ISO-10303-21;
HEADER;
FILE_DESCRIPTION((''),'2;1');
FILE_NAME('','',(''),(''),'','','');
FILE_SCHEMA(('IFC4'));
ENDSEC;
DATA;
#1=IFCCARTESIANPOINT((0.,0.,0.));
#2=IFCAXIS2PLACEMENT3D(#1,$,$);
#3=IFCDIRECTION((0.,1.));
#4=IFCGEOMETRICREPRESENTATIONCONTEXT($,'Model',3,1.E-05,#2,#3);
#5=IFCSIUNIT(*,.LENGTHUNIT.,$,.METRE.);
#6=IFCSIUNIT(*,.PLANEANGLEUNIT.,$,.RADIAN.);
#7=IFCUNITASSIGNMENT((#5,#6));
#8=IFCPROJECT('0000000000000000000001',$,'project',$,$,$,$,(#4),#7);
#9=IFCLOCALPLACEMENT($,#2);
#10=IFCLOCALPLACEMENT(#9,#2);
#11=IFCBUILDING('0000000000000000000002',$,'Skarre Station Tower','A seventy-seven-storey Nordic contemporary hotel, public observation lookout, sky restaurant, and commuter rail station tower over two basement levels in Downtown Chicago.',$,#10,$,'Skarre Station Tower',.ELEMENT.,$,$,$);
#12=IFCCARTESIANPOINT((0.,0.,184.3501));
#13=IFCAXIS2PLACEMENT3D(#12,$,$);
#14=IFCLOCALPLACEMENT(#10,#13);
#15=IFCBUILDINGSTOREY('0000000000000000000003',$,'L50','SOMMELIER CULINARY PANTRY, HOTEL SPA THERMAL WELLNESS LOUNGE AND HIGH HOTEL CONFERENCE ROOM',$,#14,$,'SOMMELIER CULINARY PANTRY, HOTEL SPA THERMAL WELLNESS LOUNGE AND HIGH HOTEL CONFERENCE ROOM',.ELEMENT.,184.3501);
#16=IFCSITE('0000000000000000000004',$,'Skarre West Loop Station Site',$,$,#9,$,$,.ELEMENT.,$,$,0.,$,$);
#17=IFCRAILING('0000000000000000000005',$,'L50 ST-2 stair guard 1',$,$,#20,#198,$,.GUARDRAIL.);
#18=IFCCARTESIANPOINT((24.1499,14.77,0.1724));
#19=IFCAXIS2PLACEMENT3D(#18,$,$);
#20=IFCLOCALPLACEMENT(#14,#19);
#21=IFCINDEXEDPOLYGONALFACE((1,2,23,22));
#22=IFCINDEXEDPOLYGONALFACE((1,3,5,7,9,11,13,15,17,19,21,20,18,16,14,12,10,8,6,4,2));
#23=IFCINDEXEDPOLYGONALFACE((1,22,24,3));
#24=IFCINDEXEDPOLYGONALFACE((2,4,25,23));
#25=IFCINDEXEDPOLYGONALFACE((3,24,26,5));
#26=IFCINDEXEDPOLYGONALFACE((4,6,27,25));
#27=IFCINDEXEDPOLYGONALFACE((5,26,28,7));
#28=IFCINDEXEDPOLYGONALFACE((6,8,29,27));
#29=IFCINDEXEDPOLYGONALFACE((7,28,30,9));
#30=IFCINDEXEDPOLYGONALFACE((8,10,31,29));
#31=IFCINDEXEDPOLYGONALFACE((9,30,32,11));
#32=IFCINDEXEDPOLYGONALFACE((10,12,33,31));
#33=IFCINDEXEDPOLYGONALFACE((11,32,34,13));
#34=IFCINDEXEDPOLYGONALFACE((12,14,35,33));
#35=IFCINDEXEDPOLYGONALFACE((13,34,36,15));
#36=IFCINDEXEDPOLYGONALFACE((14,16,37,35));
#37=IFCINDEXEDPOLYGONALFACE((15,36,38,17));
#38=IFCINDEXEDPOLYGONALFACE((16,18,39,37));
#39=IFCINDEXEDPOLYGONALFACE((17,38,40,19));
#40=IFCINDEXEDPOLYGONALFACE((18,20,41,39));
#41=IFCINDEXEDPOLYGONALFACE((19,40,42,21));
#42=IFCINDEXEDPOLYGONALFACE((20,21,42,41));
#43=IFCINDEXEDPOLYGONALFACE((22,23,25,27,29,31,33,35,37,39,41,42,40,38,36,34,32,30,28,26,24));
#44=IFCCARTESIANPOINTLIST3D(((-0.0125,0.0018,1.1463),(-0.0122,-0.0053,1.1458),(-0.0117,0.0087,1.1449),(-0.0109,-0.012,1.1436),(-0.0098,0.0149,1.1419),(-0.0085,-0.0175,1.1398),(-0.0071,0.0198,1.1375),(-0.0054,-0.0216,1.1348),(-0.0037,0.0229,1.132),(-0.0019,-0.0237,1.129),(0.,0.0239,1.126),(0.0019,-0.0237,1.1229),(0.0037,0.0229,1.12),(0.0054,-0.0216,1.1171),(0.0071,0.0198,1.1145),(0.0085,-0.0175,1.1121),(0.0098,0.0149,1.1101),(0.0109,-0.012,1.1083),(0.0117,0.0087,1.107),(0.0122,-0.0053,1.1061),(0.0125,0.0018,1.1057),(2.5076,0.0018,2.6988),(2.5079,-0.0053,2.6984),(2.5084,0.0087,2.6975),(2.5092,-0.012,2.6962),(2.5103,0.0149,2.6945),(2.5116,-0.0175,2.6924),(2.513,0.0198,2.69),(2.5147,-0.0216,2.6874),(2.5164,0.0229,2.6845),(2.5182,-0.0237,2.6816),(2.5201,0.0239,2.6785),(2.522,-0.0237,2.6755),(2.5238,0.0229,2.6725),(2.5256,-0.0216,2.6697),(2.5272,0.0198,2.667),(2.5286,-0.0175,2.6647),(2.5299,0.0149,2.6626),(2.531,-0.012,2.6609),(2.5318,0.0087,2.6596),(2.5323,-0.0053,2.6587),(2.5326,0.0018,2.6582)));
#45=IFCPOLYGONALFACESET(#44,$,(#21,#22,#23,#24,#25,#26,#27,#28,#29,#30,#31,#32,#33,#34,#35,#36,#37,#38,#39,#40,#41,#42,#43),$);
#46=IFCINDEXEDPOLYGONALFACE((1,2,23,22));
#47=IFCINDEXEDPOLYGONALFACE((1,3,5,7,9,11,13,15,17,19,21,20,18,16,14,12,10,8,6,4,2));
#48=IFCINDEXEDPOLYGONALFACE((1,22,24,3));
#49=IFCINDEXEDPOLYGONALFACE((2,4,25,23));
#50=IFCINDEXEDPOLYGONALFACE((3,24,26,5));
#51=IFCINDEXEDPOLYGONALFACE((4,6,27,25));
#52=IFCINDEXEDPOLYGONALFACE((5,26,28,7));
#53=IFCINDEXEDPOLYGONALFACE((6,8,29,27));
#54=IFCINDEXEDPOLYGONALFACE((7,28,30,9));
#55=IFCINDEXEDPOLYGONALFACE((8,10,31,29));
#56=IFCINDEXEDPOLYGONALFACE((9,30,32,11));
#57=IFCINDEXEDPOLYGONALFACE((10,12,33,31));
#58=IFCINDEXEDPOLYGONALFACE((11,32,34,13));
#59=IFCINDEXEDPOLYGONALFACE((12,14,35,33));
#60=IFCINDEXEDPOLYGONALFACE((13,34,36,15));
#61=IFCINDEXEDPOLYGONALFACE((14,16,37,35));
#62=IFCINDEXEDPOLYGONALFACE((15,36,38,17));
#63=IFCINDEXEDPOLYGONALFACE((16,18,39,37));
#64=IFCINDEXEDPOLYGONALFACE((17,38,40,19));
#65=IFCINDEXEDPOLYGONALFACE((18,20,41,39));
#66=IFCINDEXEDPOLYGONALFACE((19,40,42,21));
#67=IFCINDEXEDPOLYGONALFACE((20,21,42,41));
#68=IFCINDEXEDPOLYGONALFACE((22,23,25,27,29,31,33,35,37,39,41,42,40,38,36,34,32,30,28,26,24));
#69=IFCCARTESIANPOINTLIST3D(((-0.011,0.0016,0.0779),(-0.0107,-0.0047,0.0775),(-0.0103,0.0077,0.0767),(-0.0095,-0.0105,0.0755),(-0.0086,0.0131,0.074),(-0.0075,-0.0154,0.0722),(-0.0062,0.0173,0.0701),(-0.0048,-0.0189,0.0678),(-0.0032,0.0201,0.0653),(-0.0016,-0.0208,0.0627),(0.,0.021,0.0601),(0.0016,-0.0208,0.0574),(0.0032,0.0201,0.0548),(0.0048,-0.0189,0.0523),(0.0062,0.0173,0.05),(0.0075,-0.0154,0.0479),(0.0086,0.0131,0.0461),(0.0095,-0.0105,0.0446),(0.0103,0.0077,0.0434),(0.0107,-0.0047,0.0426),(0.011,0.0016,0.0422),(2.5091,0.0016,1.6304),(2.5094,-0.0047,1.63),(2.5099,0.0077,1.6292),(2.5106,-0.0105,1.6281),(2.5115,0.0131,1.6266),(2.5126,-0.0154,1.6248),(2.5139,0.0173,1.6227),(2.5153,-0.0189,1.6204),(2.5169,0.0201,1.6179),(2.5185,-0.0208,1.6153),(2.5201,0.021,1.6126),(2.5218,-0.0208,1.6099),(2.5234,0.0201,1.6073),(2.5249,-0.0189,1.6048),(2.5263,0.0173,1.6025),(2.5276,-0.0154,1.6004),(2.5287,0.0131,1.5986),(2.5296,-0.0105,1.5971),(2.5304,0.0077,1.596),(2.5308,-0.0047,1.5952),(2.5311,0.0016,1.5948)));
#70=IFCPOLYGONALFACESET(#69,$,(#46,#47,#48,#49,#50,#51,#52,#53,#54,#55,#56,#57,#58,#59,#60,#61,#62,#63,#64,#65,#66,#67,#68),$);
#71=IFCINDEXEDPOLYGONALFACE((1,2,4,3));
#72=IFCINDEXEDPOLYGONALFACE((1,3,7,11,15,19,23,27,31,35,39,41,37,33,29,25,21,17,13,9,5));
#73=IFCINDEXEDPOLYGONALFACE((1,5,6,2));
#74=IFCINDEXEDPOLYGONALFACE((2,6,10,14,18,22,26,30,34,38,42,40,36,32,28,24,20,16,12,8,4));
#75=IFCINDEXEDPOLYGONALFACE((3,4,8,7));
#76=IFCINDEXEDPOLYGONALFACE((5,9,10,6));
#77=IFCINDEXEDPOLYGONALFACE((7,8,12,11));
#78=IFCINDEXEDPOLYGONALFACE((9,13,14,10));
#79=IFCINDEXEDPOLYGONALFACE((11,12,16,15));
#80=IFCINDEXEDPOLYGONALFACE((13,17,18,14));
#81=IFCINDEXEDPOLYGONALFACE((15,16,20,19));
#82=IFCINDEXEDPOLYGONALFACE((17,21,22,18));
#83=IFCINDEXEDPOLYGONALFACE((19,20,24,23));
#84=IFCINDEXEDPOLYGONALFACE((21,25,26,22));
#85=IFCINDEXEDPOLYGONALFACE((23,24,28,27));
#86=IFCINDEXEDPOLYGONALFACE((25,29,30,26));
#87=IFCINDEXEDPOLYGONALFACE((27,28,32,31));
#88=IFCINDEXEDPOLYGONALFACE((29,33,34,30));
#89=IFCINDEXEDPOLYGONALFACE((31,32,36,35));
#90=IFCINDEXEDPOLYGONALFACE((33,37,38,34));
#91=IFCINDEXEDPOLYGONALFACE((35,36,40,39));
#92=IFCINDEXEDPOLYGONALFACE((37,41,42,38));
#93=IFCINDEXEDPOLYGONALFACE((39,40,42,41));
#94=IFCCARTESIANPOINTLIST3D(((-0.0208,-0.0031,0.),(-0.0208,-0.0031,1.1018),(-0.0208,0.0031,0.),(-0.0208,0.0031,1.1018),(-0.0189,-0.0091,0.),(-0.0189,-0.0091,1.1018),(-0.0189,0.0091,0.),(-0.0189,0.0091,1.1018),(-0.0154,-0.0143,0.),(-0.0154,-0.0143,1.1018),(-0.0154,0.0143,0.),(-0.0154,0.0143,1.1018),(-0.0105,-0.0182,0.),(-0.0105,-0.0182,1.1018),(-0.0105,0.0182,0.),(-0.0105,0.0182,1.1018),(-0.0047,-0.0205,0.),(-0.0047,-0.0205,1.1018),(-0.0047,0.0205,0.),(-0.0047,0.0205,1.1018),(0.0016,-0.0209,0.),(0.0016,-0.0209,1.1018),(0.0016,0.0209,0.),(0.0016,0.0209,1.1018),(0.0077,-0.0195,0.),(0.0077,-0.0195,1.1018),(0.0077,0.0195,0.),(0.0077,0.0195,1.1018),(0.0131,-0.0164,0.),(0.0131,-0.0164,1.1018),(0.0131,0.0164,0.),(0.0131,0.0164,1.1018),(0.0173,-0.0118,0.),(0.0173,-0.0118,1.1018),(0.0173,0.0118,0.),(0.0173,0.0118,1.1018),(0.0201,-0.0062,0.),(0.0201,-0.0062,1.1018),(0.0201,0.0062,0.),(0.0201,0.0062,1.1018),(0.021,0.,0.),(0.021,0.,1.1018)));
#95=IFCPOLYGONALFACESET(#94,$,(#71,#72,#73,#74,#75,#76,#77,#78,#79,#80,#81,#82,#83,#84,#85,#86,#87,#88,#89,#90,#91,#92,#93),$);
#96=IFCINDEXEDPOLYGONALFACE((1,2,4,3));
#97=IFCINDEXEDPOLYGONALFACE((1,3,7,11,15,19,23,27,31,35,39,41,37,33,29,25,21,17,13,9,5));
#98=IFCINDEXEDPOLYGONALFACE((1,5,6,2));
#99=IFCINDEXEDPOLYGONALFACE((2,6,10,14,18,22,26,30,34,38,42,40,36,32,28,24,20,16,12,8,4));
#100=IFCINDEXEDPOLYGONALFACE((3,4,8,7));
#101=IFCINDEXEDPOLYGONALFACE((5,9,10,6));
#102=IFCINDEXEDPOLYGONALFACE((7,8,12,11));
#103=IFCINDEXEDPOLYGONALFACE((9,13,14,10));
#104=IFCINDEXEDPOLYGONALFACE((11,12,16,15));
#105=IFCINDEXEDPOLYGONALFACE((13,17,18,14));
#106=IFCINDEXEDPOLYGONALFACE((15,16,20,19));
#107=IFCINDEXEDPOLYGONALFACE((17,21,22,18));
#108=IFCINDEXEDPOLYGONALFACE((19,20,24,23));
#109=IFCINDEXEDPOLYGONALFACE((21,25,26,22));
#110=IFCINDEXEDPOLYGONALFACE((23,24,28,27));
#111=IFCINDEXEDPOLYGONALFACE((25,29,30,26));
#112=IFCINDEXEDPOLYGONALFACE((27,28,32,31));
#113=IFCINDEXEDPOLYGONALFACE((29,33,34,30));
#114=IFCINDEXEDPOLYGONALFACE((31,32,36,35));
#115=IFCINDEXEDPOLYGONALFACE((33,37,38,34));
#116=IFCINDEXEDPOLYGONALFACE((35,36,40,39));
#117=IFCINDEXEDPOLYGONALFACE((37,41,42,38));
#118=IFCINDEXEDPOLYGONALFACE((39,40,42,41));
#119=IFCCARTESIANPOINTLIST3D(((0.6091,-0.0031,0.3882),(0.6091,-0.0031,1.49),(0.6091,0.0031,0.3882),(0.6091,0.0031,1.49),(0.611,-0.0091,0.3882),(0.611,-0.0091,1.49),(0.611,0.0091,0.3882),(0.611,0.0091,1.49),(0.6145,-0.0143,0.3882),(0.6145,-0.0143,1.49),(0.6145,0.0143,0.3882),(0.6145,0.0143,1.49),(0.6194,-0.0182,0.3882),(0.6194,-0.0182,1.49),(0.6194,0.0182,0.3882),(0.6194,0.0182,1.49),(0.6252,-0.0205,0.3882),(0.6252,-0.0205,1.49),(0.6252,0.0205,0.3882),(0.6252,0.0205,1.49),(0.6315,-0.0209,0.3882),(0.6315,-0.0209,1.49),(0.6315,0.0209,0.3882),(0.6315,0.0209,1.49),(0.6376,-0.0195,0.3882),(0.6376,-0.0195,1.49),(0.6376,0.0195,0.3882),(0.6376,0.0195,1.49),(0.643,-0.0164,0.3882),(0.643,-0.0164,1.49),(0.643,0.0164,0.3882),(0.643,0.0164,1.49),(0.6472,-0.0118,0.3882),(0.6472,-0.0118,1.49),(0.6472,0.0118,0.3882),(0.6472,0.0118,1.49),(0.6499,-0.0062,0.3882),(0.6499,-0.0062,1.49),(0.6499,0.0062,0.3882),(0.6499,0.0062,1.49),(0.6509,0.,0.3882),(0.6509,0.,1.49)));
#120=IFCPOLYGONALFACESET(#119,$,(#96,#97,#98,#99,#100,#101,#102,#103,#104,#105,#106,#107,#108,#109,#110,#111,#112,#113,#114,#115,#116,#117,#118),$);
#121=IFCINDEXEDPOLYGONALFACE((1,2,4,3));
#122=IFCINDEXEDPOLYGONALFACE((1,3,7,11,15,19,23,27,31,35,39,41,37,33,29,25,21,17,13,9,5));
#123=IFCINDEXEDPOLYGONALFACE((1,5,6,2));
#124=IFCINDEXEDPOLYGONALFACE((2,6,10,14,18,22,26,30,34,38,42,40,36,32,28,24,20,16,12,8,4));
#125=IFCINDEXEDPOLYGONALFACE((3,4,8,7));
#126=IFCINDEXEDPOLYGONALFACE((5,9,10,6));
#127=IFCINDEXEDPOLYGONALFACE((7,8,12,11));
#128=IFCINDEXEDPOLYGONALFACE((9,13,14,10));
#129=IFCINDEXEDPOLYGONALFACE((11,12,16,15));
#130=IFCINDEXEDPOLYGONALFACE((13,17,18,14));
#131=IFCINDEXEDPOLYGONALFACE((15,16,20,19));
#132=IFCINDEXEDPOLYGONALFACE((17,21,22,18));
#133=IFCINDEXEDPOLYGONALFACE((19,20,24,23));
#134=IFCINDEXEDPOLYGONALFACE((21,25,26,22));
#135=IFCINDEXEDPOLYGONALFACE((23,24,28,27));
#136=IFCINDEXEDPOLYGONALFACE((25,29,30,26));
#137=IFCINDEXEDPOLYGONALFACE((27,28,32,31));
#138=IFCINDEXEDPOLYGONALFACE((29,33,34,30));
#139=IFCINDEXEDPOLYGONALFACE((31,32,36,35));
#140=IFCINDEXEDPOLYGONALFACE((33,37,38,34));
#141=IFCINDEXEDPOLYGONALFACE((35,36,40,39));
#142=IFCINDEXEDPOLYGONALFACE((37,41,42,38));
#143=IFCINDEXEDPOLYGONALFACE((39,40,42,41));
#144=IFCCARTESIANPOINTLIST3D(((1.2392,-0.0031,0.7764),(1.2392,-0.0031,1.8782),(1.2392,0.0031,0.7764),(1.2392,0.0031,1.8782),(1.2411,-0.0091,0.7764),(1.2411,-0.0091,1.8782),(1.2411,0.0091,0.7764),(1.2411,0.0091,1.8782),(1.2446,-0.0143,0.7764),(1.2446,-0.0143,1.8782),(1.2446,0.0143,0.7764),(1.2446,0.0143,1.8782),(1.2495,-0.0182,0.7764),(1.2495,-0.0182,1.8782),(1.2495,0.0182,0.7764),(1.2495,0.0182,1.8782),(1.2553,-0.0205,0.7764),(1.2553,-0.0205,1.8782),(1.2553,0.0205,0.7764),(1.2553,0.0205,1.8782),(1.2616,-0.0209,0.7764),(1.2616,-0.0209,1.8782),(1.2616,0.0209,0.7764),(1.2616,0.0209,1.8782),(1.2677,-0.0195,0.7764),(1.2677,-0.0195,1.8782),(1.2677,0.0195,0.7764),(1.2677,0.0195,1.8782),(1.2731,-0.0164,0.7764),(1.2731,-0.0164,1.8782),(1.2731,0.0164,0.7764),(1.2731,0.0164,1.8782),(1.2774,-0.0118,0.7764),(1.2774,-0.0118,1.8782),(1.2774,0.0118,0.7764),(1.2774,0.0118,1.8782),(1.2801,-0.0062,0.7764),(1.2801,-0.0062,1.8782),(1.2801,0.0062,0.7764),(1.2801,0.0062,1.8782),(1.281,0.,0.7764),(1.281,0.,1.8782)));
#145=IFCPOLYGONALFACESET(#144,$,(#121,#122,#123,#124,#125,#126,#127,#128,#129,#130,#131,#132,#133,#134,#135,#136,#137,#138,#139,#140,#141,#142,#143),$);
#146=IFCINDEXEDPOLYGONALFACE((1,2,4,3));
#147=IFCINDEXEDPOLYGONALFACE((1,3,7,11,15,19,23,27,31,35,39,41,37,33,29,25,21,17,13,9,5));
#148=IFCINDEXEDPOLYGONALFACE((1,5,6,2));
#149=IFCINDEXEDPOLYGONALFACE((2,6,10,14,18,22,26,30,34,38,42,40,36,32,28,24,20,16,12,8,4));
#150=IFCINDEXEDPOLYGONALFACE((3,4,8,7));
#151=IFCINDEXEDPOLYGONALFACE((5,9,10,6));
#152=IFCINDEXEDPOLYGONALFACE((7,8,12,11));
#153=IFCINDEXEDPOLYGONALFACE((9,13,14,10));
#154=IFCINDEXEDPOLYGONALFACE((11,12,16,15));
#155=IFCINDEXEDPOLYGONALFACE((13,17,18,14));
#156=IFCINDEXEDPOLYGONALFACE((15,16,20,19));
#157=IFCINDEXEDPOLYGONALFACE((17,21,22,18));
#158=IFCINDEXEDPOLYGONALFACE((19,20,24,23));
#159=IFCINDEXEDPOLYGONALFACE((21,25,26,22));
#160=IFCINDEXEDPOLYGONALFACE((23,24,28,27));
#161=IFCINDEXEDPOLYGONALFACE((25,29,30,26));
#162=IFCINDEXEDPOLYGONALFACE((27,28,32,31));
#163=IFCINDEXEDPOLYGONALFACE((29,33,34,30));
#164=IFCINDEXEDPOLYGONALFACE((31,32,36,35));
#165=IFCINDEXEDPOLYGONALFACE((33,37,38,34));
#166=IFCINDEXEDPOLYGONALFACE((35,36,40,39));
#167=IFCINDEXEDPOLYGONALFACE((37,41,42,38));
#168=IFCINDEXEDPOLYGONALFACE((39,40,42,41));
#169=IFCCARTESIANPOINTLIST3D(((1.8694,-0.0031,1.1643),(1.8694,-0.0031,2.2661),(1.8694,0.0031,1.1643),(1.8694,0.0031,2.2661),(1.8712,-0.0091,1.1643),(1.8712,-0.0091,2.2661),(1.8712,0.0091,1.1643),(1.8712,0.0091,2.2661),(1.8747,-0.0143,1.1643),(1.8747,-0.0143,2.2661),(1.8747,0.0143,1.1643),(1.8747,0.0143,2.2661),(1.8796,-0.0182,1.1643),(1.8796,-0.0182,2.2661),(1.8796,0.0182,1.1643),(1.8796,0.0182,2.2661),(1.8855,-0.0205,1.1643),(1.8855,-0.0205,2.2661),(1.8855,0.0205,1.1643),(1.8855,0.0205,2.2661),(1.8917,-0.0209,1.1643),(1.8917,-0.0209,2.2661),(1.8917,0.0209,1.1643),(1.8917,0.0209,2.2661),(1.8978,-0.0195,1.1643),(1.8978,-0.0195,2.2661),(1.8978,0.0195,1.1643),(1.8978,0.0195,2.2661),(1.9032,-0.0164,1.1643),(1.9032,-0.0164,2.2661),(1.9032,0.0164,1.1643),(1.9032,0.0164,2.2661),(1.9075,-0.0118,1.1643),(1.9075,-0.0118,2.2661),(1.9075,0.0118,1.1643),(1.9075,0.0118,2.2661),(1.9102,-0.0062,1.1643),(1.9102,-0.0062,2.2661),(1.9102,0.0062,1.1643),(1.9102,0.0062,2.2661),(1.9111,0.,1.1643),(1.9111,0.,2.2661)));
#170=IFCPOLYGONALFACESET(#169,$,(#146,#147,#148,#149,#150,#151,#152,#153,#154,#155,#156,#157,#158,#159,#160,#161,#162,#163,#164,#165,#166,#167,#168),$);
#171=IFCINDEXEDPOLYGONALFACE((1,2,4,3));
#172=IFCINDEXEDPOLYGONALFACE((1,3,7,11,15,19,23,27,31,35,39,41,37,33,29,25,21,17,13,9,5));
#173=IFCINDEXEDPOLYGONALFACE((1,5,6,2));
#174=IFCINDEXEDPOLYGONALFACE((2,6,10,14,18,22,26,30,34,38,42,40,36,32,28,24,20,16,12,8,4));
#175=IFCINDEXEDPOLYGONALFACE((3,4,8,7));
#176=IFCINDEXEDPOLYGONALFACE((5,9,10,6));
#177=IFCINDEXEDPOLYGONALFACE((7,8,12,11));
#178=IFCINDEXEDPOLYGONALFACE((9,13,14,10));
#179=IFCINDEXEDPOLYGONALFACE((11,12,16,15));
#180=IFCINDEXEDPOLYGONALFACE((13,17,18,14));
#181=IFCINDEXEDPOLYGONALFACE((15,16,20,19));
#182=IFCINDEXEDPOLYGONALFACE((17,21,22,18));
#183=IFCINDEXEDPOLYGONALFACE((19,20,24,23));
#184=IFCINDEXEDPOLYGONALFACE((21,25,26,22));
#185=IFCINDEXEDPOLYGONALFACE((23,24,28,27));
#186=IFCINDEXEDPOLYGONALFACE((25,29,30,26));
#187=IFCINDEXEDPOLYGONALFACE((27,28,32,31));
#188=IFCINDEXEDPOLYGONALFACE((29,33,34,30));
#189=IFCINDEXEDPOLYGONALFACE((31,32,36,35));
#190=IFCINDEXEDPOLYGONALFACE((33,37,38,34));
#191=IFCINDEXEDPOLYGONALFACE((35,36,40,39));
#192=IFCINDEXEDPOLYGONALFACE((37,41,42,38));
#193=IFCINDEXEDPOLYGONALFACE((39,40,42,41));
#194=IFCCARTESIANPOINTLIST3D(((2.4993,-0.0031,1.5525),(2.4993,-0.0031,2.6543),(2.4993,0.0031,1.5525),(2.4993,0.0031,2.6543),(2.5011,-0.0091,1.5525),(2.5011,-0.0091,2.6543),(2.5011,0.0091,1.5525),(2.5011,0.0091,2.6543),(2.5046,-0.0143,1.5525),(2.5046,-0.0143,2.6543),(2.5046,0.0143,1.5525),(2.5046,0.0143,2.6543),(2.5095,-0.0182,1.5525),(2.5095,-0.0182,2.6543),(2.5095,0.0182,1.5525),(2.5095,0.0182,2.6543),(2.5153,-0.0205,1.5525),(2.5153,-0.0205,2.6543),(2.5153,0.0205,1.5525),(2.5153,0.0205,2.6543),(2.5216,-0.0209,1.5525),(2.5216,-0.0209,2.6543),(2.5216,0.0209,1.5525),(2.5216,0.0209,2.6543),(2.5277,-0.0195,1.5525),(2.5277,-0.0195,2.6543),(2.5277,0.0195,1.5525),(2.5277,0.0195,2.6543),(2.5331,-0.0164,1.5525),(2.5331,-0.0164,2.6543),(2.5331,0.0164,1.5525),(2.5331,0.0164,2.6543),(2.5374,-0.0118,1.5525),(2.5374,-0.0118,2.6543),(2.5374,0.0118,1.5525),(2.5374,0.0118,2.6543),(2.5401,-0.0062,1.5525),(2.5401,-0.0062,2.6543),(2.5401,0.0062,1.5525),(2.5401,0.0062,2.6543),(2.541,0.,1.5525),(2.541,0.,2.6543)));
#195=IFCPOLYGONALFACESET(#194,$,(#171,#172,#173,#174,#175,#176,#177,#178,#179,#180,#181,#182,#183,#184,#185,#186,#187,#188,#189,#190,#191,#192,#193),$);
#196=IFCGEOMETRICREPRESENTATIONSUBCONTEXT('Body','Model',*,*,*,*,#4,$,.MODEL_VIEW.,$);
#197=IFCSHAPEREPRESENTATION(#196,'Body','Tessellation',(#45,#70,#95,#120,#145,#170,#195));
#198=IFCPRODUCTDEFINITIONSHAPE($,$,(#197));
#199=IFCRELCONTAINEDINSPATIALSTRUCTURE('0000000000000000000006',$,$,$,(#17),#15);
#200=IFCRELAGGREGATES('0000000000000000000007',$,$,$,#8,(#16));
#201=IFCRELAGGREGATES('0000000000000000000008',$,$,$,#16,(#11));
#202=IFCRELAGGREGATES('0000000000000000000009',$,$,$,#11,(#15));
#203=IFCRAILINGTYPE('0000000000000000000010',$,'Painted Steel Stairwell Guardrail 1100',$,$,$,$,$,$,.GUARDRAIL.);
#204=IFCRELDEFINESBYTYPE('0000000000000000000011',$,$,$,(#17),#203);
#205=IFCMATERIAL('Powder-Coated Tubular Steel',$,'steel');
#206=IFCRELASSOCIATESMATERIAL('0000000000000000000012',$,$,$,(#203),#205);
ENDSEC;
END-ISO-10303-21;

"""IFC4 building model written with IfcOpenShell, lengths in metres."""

from ifc_helpers import new_model, si_unit, direction, frame, origin, origin_2d, place, context, subcontext, project, spatial, circle, extrude, material, type_object, element, save


model = new_model("IFC4")

# Units and contexts
model_context = context("Model", 3, precision=1e-05, world=origin(), true_north=direction((0.0, 1.0)))
body_context = subcontext(model_context, "Body", "Model", "MODEL_VIEW")
ifc_project = project(units=[si_unit("LENGTHUNIT", "METRE"), si_unit("PLANEANGLEUNIT", "RADIAN")], contexts=[model_context])

# Site, building, storey
site_placement = place(None, origin())
site = spatial("IfcSite", under=ifc_project, at=site_placement, Name="Skarre West Loop Station Site", CompositionType="ELEMENT", RefElevation=0.0)
building_placement = place(site_placement, origin())
building = spatial("IfcBuilding", under=site, at=building_placement, Name="Skarre Station Tower", Description="A seventy-seven-storey Nordic contemporary hotel, public observation lookout, sky restaurant, and commuter rail station tower over two basement levels in Downtown Chicago.", LongName="Skarre Station Tower", CompositionType="ELEMENT")
storey_placement = place(building_placement, frame((0.0, 0.0, 184.3501)))
storey = spatial("IfcBuildingStorey", under=building, at=storey_placement, Name="L50", Description="SOMMELIER CULINARY PANTRY, HOTEL SPA THERMAL WELLNESS LOUNGE AND HIGH HOTEL CONFERENCE ROOM", LongName="SOMMELIER CULINARY PANTRY, HOTEL SPA THERMAL WELLNESS LOUNGE AND HIGH HOTEL CONFERENCE ROOM", CompositionType="ELEMENT", Elevation=184.3501)

# Railing
ifc_material_1 = material(Name="Powder-Coated Tubular Steel", Category="steel")
railing_type_1 = type_object("IfcRailingType", Name="Painted Steel Stairwell Guardrail 1100", PredefinedType="GUARDRAIL", material=ifc_material_1)
railing_1_placement = place(storey_placement, frame((24.1499, 14.77, 0.1724)))
element("IfcRailing", 1, at=railing_1_placement, inside=storey, type_object=railing_type_1, Name="L50 ST-2 stair guard 1", PredefinedType="GUARDRAIL", context=body_context, shape_type="SweptSolid", body=[
    extrude(circle(Radius=0.0239, at=origin_2d()), frame((0.0, 0.0, 1.126), z_axis=(0.8514, 0.0, 0.524516), x_axis=(0.0, 1.0, 0.0)), (0.0, 0.0, 1.0), 2.96),
    extrude(circle(Radius=0.021, at=origin_2d()), frame((0.0, 0.0, 0.0601), z_axis=(0.8514, 0.0, 0.524516), x_axis=(0.0, 1.0, 0.0)), (0.0, 0.0, 1.0), 2.96),
    extrude(circle(Radius=0.021, at=origin_2d()), origin(), (0.0, 0.0, 1.0), 1.1018),
    extrude(circle(Radius=0.021, at=origin_2d()), frame((0.6299, 0.0, 0.3882)), (0.0, 0.0, 1.0), 1.1018),
    extrude(circle(Radius=0.021, at=origin_2d()), frame((1.26, 0.0, 0.7764)), (0.0, 0.0, 1.0), 1.1018),
    extrude(circle(Radius=0.021, at=origin_2d()), frame((1.8901, 0.0, 1.1643)), (0.0, 0.0, 1.0), 1.1018),
    extrude(circle(Radius=0.021, at=origin_2d()), frame((2.52, 0.0, 1.5525)), (0.0, 0.0, 1.0), 1.1018),
])

save(model, "model.ifc")
